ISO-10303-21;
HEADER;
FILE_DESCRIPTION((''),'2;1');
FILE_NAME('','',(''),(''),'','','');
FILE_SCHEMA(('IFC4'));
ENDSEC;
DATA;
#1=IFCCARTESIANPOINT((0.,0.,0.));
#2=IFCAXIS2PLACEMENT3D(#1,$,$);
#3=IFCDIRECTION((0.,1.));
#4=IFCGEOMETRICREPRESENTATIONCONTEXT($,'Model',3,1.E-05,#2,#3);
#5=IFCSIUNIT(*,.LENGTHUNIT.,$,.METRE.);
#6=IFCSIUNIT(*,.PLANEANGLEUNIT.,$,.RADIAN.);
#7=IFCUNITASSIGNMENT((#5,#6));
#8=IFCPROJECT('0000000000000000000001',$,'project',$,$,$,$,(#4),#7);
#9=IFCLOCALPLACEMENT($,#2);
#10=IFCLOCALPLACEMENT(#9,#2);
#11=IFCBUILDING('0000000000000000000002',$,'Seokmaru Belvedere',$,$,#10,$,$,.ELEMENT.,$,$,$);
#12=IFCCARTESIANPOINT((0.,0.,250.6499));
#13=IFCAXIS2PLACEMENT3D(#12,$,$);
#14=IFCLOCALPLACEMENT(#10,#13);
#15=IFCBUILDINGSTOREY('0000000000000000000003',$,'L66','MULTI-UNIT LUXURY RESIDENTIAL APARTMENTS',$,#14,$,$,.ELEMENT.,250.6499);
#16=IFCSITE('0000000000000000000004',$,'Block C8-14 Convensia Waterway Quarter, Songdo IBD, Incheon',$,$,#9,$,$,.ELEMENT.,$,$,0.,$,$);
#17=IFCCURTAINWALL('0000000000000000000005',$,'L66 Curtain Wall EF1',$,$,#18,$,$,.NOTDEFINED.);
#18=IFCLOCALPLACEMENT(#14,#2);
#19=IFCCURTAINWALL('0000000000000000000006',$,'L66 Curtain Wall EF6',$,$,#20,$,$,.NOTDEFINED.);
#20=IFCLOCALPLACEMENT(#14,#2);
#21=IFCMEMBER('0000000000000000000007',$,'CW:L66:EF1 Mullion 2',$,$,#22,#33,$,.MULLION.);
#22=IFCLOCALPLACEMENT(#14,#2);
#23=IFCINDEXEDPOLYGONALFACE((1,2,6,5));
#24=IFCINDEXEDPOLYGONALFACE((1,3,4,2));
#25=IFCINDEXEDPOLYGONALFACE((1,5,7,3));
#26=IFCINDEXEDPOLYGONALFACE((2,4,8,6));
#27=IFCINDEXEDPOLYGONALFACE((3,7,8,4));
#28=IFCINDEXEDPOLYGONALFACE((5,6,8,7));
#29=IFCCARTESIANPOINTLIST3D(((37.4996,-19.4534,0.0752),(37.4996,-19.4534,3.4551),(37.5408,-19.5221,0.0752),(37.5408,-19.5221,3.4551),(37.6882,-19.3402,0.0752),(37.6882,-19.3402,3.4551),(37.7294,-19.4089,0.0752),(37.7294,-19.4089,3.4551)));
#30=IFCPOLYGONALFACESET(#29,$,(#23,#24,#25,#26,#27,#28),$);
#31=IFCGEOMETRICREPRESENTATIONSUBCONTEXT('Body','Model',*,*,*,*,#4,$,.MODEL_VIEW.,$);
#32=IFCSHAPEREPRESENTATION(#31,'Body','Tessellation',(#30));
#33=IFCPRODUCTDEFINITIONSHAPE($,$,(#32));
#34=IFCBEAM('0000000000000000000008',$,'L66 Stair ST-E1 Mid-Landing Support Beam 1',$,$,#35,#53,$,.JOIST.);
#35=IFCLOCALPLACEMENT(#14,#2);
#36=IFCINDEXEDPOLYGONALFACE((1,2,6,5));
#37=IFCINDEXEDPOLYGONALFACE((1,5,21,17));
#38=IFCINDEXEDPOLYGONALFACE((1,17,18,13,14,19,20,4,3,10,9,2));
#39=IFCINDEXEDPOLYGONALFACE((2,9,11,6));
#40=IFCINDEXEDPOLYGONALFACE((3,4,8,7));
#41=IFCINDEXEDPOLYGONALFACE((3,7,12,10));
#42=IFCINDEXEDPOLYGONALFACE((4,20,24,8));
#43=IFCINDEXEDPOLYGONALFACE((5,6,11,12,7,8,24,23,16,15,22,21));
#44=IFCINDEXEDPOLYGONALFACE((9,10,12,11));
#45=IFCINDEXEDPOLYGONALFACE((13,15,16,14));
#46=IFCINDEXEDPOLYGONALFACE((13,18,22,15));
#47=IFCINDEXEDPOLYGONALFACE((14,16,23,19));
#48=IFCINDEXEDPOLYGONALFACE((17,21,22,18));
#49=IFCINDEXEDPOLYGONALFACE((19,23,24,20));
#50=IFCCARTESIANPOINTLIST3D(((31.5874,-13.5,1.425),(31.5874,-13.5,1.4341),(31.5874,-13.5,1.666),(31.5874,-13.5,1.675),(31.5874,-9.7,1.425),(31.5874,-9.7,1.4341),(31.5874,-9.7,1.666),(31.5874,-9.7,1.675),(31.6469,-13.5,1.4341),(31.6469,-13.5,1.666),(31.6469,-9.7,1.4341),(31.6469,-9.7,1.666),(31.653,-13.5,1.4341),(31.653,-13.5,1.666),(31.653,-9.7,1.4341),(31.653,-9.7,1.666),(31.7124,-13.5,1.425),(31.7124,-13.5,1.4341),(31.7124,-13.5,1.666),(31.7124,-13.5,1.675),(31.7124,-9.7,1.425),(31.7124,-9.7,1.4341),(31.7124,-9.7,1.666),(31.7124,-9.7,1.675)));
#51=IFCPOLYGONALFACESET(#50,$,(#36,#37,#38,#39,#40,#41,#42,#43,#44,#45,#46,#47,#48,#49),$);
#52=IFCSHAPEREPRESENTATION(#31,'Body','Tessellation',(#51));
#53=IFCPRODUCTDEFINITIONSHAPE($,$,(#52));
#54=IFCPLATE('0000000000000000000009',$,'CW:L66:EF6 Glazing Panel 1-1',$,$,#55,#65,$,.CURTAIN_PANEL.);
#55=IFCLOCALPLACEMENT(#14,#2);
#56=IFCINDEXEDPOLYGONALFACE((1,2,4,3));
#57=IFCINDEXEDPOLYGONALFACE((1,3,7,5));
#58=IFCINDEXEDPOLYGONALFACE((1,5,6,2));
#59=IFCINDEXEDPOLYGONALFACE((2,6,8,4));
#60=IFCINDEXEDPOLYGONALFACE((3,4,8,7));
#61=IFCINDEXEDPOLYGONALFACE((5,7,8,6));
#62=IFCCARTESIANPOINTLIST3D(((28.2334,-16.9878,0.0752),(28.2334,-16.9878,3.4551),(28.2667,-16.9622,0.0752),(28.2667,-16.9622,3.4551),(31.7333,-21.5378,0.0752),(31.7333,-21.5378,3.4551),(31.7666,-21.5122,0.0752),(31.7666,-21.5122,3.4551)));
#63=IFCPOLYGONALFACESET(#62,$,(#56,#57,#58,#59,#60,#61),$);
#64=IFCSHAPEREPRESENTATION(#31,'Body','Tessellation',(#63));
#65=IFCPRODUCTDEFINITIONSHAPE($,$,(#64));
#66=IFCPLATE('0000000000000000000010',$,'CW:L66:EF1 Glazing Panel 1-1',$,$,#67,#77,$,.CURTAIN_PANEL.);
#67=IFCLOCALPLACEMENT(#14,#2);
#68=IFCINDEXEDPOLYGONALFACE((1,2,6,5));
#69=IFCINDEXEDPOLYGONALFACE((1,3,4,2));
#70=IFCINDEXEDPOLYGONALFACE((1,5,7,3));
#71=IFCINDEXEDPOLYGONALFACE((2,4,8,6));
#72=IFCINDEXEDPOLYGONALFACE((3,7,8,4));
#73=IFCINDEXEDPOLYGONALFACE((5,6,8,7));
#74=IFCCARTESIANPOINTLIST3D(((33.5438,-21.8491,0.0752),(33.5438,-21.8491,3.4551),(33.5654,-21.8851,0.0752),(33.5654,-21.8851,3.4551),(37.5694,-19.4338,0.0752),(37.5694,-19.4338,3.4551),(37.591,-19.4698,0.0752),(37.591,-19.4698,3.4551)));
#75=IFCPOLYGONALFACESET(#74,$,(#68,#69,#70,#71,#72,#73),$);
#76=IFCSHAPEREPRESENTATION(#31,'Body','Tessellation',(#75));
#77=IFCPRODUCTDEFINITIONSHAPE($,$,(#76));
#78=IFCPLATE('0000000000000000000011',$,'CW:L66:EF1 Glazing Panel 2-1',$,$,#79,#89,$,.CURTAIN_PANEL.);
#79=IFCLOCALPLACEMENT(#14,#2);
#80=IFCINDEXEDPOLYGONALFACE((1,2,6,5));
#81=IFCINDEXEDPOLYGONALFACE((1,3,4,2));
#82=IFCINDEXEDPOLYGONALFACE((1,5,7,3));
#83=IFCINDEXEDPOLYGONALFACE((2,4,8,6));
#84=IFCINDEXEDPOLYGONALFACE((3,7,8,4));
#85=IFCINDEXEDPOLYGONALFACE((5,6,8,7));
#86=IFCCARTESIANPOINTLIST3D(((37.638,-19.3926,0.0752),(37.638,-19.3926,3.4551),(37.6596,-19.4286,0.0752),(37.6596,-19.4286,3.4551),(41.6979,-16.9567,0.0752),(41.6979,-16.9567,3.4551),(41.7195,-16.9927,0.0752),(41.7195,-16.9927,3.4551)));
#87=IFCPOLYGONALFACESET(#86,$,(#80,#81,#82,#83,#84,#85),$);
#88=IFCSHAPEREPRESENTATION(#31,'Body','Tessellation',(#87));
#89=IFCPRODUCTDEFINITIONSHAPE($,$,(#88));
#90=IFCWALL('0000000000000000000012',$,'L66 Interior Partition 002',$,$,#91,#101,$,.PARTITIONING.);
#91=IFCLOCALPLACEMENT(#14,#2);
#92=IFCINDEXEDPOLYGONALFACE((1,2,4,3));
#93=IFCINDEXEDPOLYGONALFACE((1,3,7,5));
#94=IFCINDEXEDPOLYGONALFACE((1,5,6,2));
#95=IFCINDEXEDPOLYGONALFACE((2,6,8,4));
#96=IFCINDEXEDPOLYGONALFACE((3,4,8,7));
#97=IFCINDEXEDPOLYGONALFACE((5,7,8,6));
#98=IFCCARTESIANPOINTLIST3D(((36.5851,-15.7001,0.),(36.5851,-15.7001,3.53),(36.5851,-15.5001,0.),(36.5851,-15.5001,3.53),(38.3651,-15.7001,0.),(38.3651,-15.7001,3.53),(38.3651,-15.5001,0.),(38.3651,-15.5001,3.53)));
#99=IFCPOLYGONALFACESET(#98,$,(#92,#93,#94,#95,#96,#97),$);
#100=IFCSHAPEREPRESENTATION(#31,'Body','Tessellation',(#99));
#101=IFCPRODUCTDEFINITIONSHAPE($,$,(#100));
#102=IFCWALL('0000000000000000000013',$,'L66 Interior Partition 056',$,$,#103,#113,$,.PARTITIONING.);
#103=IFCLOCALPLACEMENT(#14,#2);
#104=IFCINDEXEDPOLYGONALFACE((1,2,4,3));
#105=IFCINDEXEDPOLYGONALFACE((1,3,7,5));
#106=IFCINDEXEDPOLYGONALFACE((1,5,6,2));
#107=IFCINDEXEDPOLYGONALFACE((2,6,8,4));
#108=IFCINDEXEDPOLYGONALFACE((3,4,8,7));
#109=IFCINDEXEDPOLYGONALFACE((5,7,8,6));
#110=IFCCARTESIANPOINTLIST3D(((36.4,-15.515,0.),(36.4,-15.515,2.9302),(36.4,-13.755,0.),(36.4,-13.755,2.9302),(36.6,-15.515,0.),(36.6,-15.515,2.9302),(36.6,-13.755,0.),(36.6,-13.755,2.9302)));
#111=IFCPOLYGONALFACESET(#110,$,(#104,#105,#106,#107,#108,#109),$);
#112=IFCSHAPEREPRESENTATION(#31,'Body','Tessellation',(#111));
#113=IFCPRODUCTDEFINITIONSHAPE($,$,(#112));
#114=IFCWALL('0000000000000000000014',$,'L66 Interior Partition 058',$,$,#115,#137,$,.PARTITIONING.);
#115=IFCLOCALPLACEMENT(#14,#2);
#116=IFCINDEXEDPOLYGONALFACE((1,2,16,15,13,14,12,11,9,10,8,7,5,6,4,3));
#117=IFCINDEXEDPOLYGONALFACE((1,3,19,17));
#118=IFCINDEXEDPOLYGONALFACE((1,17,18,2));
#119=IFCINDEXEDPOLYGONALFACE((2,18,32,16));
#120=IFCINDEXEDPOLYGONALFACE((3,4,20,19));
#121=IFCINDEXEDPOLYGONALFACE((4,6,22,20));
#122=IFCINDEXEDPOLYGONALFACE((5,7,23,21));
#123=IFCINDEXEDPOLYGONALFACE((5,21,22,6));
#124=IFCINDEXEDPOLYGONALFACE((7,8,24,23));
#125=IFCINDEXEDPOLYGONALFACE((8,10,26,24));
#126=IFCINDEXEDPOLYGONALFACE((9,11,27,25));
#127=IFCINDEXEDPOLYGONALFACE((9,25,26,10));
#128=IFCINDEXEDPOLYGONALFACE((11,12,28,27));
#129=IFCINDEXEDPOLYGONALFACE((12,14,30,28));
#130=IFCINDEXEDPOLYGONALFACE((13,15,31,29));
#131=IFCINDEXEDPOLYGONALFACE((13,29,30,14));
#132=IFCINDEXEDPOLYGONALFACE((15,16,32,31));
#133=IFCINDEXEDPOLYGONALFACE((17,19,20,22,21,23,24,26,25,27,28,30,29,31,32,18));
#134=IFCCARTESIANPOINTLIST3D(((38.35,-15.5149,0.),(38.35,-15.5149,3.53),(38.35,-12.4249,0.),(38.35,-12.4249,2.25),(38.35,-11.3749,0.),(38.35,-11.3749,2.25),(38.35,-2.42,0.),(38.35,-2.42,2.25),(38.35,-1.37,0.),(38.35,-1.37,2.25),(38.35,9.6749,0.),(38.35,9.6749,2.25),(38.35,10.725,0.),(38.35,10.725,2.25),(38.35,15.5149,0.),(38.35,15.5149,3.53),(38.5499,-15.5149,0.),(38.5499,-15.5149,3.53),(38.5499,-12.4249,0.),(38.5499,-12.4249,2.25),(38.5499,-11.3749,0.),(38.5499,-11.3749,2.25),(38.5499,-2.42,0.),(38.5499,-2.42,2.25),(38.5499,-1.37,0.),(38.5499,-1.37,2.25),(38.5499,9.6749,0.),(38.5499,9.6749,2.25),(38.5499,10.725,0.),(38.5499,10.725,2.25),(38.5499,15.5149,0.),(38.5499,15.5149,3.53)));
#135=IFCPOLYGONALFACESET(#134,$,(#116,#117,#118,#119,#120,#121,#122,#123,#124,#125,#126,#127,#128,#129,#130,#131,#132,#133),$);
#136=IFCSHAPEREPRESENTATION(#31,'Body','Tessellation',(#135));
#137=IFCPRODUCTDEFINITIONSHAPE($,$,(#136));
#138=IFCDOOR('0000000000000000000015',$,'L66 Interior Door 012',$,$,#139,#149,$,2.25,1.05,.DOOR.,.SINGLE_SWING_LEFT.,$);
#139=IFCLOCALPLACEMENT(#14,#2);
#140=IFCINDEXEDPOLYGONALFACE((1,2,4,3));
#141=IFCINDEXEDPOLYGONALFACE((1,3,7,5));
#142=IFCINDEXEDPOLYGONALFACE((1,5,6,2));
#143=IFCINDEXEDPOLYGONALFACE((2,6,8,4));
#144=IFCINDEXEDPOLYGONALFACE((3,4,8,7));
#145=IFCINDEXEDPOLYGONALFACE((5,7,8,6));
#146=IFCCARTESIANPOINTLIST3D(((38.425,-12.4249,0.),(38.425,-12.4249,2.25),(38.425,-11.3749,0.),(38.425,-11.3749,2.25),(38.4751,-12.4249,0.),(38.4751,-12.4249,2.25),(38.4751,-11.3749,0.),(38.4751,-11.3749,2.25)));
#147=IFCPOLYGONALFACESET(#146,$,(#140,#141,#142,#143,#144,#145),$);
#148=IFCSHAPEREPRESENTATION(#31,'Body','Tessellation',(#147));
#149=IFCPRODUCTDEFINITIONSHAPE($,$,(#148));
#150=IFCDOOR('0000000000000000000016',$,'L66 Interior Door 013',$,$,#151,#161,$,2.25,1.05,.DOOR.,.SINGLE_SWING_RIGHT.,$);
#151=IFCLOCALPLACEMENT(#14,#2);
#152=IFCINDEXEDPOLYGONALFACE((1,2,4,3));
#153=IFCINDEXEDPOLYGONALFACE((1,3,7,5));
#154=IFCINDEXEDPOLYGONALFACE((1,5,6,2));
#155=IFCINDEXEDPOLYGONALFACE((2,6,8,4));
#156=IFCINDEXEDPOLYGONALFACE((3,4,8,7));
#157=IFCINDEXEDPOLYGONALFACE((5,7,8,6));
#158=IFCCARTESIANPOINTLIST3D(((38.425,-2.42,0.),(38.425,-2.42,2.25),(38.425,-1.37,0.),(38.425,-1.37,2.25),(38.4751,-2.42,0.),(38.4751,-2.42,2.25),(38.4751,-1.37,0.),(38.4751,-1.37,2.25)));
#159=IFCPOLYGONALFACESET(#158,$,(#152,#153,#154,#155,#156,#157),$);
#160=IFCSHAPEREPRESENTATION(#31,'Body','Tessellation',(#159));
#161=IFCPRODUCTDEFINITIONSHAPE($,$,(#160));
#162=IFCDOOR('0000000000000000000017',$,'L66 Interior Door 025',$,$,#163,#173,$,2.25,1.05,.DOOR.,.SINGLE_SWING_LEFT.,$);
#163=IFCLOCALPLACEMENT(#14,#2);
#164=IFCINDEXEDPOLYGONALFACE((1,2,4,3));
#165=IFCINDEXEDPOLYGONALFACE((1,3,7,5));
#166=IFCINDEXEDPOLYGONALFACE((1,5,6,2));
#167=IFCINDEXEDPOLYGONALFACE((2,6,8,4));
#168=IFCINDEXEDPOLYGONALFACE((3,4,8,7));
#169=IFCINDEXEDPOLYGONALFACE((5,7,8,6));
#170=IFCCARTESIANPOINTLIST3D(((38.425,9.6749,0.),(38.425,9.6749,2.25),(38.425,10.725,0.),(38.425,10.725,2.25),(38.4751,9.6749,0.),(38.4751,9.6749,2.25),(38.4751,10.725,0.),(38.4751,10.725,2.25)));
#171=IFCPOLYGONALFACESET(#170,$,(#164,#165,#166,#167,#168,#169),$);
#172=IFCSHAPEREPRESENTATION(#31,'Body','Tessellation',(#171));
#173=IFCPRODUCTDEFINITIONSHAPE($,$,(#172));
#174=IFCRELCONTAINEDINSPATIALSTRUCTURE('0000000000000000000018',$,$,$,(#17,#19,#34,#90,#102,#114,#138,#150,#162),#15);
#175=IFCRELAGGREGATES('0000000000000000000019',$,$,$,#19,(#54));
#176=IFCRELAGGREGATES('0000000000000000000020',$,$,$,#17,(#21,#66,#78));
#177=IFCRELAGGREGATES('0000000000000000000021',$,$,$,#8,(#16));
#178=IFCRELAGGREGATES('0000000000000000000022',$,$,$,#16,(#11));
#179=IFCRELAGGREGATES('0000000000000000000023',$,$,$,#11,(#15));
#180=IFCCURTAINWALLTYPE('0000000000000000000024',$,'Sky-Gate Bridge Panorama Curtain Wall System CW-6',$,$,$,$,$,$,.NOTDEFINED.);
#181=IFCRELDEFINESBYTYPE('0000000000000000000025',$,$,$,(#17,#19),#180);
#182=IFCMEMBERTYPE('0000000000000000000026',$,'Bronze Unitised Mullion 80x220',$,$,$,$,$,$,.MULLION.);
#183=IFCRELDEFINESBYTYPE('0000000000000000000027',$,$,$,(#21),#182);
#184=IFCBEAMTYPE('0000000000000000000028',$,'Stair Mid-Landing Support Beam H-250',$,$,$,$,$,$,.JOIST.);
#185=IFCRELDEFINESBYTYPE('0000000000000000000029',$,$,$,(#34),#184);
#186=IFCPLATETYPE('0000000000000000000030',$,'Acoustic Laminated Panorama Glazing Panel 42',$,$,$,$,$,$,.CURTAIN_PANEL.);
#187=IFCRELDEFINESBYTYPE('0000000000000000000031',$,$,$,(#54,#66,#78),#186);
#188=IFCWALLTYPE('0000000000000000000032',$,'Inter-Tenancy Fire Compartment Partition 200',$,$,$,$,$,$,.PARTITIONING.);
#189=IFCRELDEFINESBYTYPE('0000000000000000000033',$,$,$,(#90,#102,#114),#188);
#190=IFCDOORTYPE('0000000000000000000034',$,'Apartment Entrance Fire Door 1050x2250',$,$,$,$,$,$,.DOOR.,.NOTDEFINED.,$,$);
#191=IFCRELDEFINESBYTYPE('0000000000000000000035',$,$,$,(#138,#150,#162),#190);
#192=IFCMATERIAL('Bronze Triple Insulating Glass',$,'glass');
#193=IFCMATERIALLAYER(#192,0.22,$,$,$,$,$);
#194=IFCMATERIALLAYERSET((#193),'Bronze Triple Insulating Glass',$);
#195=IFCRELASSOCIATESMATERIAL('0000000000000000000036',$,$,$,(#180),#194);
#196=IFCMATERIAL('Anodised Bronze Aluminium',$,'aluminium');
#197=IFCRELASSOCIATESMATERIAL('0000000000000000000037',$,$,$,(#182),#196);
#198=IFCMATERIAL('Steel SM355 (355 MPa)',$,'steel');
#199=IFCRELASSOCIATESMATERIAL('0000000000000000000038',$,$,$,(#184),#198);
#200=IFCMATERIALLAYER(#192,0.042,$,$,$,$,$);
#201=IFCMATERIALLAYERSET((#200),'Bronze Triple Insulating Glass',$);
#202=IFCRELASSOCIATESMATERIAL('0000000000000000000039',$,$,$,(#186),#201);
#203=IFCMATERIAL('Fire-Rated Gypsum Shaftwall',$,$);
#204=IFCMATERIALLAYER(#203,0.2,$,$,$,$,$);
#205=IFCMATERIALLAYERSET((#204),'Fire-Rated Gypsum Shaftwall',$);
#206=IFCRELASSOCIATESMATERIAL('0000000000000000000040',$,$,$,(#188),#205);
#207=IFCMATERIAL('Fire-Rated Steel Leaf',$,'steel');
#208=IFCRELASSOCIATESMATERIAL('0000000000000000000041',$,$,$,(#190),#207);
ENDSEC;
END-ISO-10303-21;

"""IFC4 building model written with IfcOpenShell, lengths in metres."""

from ifc_helpers import new_model, si_unit, direction, frame, frame_2d, origin, origin_2d, place, context, subcontext, project, spatial, rectangle, i_section, extrude, source, transform, mapped, material, layer, layer_set, material_profile, profile_set, type_object, type_shapes, element, fill, aggregate, save


model = new_model("IFC4")

# Units and contexts
model_context = context("Model", 3, precision=1e-05, world=origin(), true_north=direction((0.0, 1.0)))
body_context = subcontext(model_context, "Body", "Model", "MODEL_VIEW")
ifc_project = project(units=[si_unit("LENGTHUNIT", "METRE"), si_unit("PLANEANGLEUNIT", "RADIAN")], contexts=[model_context])

# Site, building, storey
site_placement = place(None, origin())
site = spatial("IfcSite", under=ifc_project, at=site_placement, Name="Block C8-14 Convensia Waterway Quarter, Songdo IBD, Incheon", CompositionType="ELEMENT", RefElevation=0.0)
building_placement = place(site_placement, origin())
building = spatial("IfcBuilding", under=site, at=building_placement, Name="Seokmaru Belvedere", CompositionType="ELEMENT")
storey_placement = place(building_placement, frame((0.0, 0.0, 250.6499)))
storey = spatial("IfcBuildingStorey", under=building, at=storey_placement, Name="L66", Description="MULTI-UNIT LUXURY RESIDENTIAL APARTMENTS", CompositionType="ELEMENT", Elevation=250.6499)

# Shared definitions
ifc_material_1 = material(Name="Steel SM355 (355 MPa)", Category="steel")

# Curtain wall
ifc_material_2 = material(Name="Bronze Triple Insulating Glass", Category="glass")
ifc_layer_1 = layer(ifc_material_2, 0.22)
ifc_layer_set_1 = layer_set([ifc_layer_1], Name="Bronze Triple Insulating Glass")
curtain_wall_type = type_object("IfcCurtainWallType", Name="Sky-Gate Bridge Panorama Curtain Wall System CW-6", PredefinedType="NOTDEFINED", material=ifc_layer_set_1)
curtain_wall_1_placement = place(storey_placement, origin())
curtain_wall_1 = element("IfcCurtainWall", 1, at=curtain_wall_1_placement, inside=storey, type_object=curtain_wall_type, Name="L66 Curtain Wall EF1", PredefinedType="NOTDEFINED")
ifc_material_3 = material(Name="Anodised Bronze Aluminium", Category="aluminium")
ifc_material_profile_1 = material_profile(ifc_material_3, rectangle(XDim=0.0801, YDim=0.22, at=origin_2d()), Name="CW-M-80x220")
ifc_profile_set_1 = profile_set([ifc_material_profile_1], Name="Anodised Bronze Aluminium")
member_type_1 = type_object("IfcMemberType", Name="Bronze Unitised Mullion 80x220", PredefinedType="MULLION", material=ifc_profile_set_1)

# Curtain wall
curtain_wall_2_placement = place(storey_placement, origin())
curtain_wall_2 = element("IfcCurtainWall", 2, at=curtain_wall_2_placement, inside=storey, type_object=curtain_wall_type, Name="L66 Curtain Wall EF6", PredefinedType="NOTDEFINED")

# Member
shared_shape_1 = source(origin(), body_context, "Body", "SweptSolid", [
    extrude(rectangle(XDim=0.0801, YDim=0.22, at=origin_2d()), origin(), (0.0, 0.0, 1.0), 3.3799),
])
member_1_placement = place(storey_placement, frame((37.6145, -19.4312, 0.0752), z_axis=(0.0, 0.0, 1.0), x_axis=(-0.514495, 0.857493, 0.0)))
member_1 = element("IfcMember", 3, at=member_1_placement, type_object=member_type_1, Name="CW:L66:EF1 Mullion 2", PredefinedType="MULLION", context=body_context, shape_type="MappedRepresentation", body=[
    mapped(shared_shape_1, transform((0.0, 0.0, 0.0), scale=1.0)),
])

# Beam
ifc_material_profile_2 = material_profile(ifc_material_1, i_section(OverallWidth=0.125, OverallDepth=0.25, WebThickness=0.0061, FlangeThickness=0.009, at=origin_2d()), Name="H-250x125x6x9")
ifc_profile_set_2 = profile_set([ifc_material_profile_2], Name="Steel SM355 (355 MPa)")
beam_type_1 = type_object("IfcBeamType", Name="Stair Mid-Landing Support Beam H-250", PredefinedType="JOIST", material=ifc_profile_set_2)
shared_shape_2 = source(origin(), body_context, "Body", "SweptSolid", [
    extrude(i_section(OverallWidth=0.125, OverallDepth=0.25, WebThickness=0.0061, FlangeThickness=0.009, at=origin_2d()), origin(), (0.0, 0.0, 1.0), 3.8),
])
type_shapes(beam_type_1, [shared_shape_2])
beam_1_placement = place(storey_placement, frame((31.6499, -13.5, 1.55), z_axis=(0.0, 1.0, 0.0), x_axis=(-1.0, 0.0, 0.0)))
element("IfcBeam", 4, at=beam_1_placement, inside=storey, type_object=beam_type_1, Name="L66 Stair ST-E1 Mid-Landing Support Beam 1", PredefinedType="JOIST", context=body_context, shape_type="MappedRepresentation", body=[
    mapped(shared_shape_2, transform((0.0, 0.0, 0.0), scale=1.0)),
])

# Plates
ifc_layer_2 = layer(ifc_material_2, 0.042)
ifc_layer_set_2 = layer_set([ifc_layer_2], Name="Bronze Triple Insulating Glass")
plate_type = type_object("IfcPlateType", Name="Acoustic Laminated Panorama Glazing Panel 42", PredefinedType="CURTAIN_PANEL", material=ifc_layer_set_2)
shared_shape_3 = source(origin(), body_context, "Body", "SweptSolid", [
    extrude(rectangle(XDim=5.7405, YDim=0.042, at=origin_2d()), origin(), (0.0, 0.0, 1.0), 3.3799),
])
plate_1_placement = place(storey_placement, frame((30.0, -19.25, 0.0752), z_axis=(0.0, 0.0, 1.0), x_axis=(0.609701, -0.792631, 0.0)))
plate_1 = element("IfcPlate", 5, at=plate_1_placement, type_object=plate_type, Name="CW:L66:EF6 Glazing Panel 1-1", PredefinedType="CURTAIN_PANEL", context=body_context, shape_type="MappedRepresentation", body=[
    mapped(shared_shape_3, transform((0.0, 0.0, 0.0), scale=1.0)),
])
aggregate(curtain_wall_2, [plate_1])
shared_shape_4 = source(origin(), body_context, "Body", "SweptSolid", [
    extrude(rectangle(XDim=4.6946, YDim=0.042, at=origin_2d()), origin(), (0.0, 0.0, 1.0), 3.3799),
])
plate_2_placement = place(storey_placement, frame((35.5674, -20.6594, 0.0752), z_axis=(0.0, 0.0, 1.0), x_axis=(0.857493, 0.514495, 0.0)))
plate_2 = element("IfcPlate", 6, at=plate_2_placement, type_object=plate_type, Name="CW:L66:EF1 Glazing Panel 1-1", PredefinedType="CURTAIN_PANEL", context=body_context, shape_type="MappedRepresentation", body=[
    mapped(shared_shape_4, transform((0.0, 0.0, 0.0), scale=1.0)),
])
shared_shape_5 = source(origin(), body_context, "Body", "SweptSolid", [
    extrude(rectangle(XDim=4.7346, YDim=0.042, at=origin_2d()), origin(), (0.0, 0.0, 1.0), 3.3799),
])
type_shapes(plate_type, [shared_shape_3, shared_shape_4, shared_shape_5])
plate_3_placement = place(storey_placement, frame((39.6787, -18.1926, 0.0752), z_axis=(0.0, 0.0, 1.0), x_axis=(0.857493, 0.514495, 0.0)))
plate_3 = element("IfcPlate", 7, at=plate_3_placement, type_object=plate_type, Name="CW:L66:EF1 Glazing Panel 2-1", PredefinedType="CURTAIN_PANEL", context=body_context, shape_type="MappedRepresentation", body=[
    mapped(shared_shape_5, transform((0.0, 0.0, 0.0), scale=1.0)),
])
aggregate(curtain_wall_1, [member_1, plate_2, plate_3])

# Walls
ifc_material_4 = material(Name="Fire-Rated Gypsum Shaftwall")
ifc_layer_3 = layer(ifc_material_4, 0.2)
ifc_layer_set_3 = layer_set([ifc_layer_3], Name="Fire-Rated Gypsum Shaftwall")
wall_type_1 = type_object("IfcWallType", Name="Inter-Tenancy Fire Compartment Partition 200", PredefinedType="PARTITIONING", material=ifc_layer_set_3)
wall_1_placement = place(storey_placement, frame((36.585, -15.6001, 0.0), z_axis=(0.0, 0.0, 1.0), x_axis=(1.0, 0.0, 0.0)))
element("IfcWall", 8, at=wall_1_placement, inside=storey, type_object=wall_type_1, Name="L66 Interior Partition 002", PredefinedType="PARTITIONING", context=body_context, shape_type="SweptSolid", body=[
    extrude(rectangle(XDim=1.78, YDim=0.2, at=frame_2d((0.8901, 0.0))), origin(), (0.0, 0.0, 1.0), 3.53),
])
wall_2_placement = place(storey_placement, frame((36.5, -15.5149, 0.0), z_axis=(0.0, 0.0, 1.0), x_axis=(0.0, 1.0, 0.0)))
element("IfcWall", 9, at=wall_2_placement, inside=storey, type_object=wall_type_1, Name="L66 Interior Partition 056", PredefinedType="PARTITIONING", context=body_context, shape_type="SweptSolid", body=[
    extrude(rectangle(XDim=1.76, YDim=0.2, at=frame_2d((0.8799, 0.0))), origin(), (0.0, 0.0, 1.0), 2.9302),
])

# Wall, openings, doors
wall_3_placement = place(storey_placement, frame((38.45, -15.5149, 0.0), z_axis=(0.0, 0.0, 1.0), x_axis=(0.0, 1.0, 0.0)))
wall_3 = element("IfcWall", 10, at=wall_3_placement, inside=storey, type_object=wall_type_1, Name="L66 Interior Partition 058", PredefinedType="PARTITIONING", context=body_context, shape_type="SweptSolid", body=[
    extrude(rectangle(XDim=31.0298, YDim=0.2, at=frame_2d((15.5149, 0.0))), origin(), (0.0, 0.0, 1.0), 3.53),
])
opening_1_placement = place(wall_3_placement, frame((3.0901, 0.0, 0.0)))
opening_1 = element("IfcOpeningElement", 11, at=opening_1_placement, cuts=wall_3, PredefinedType="OPENING", context=body_context, shape_type="SweptSolid", body=[
    extrude(rectangle(XDim=1.05, YDim=2.25, at=frame_2d((0.5249, 1.125))), frame((0.0, 0.1099, 0.0), z_axis=(0.0, -1.0, 0.0), x_axis=(1.0, 0.0, 0.0)), (0.0, 0.0, 1.0), 0.22),
])
opening_2_placement = place(wall_3_placement, frame((13.095, 0.0, 0.0)))
opening_2 = element("IfcOpeningElement", 12, at=opening_2_placement, cuts=wall_3, PredefinedType="OPENING", context=body_context, shape_type="SweptSolid", body=[
    extrude(rectangle(XDim=1.05, YDim=2.25, at=frame_2d((0.5249, 1.125))), frame((0.0, 0.1099, 0.0), z_axis=(0.0, -1.0, 0.0), x_axis=(1.0, 0.0, 0.0)), (0.0, 0.0, 1.0), 0.22),
])
opening_3_placement = place(wall_3_placement, frame((25.1899, 0.0, 0.0)))
opening_3 = element("IfcOpeningElement", 13, at=opening_3_placement, cuts=wall_3, PredefinedType="OPENING", context=body_context, shape_type="SweptSolid", body=[
    extrude(rectangle(XDim=1.05, YDim=2.25, at=frame_2d((0.5249, 1.125))), frame((0.0, 0.1099, 0.0), z_axis=(0.0, -1.0, 0.0), x_axis=(1.0, 0.0, 0.0)), (0.0, 0.0, 1.0), 0.22),
])
ifc_material_5 = material(Name="Fire-Rated Steel Leaf", Category="steel")
door_type_1 = type_object("IfcDoorType", Name="Apartment Entrance Fire Door 1050x2250", OperationType="NOTDEFINED", PredefinedType="DOOR", material=ifc_material_5)
shared_shape_6 = source(origin(), body_context, "Body", "SweptSolid", [
    extrude(rectangle(XDim=1.05, YDim=2.25, at=frame_2d((0.5249, 1.125))), frame((0.0, 0.0249, 0.0), z_axis=(0.0, -1.0, 0.0), x_axis=(1.0, 0.0, 0.0)), (0.0, 0.0, 1.0), 0.05),
])
type_shapes(door_type_1, [shared_shape_6])
door_1_placement = place(opening_1_placement, origin())
door_1 = element("IfcDoor", 14, at=door_1_placement, inside=storey, type_object=door_type_1, Name="L66 Interior Door 012", OperationType="SINGLE_SWING_LEFT", OverallHeight=2.25, OverallWidth=1.05, PredefinedType="DOOR", context=body_context, shape_type="MappedRepresentation", body=[
    mapped(shared_shape_6, transform((0.0, 0.0, 0.0), scale=1.0)),
])
fill(opening_1, door_1)
door_2_placement = place(opening_2_placement, origin())
door_2 = element("IfcDoor", 15, at=door_2_placement, inside=storey, type_object=door_type_1, Name="L66 Interior Door 013", OperationType="SINGLE_SWING_RIGHT", OverallHeight=2.25, OverallWidth=1.05, PredefinedType="DOOR", context=body_context, shape_type="MappedRepresentation", body=[
    mapped(shared_shape_6, transform((0.0, 0.0, 0.0), scale=1.0)),
])
fill(opening_2, door_2)
door_3_placement = place(opening_3_placement, origin())
door_3 = element("IfcDoor", 16, at=door_3_placement, inside=storey, type_object=door_type_1, Name="L66 Interior Door 025", OperationType="SINGLE_SWING_LEFT", OverallHeight=2.25, OverallWidth=1.05, PredefinedType="DOOR", context=body_context, shape_type="MappedRepresentation", body=[
    mapped(shared_shape_6, transform((0.0, 0.0, 0.0), scale=1.0)),
])
fill(opening_3, door_3)

save(model, "model.ifc")
